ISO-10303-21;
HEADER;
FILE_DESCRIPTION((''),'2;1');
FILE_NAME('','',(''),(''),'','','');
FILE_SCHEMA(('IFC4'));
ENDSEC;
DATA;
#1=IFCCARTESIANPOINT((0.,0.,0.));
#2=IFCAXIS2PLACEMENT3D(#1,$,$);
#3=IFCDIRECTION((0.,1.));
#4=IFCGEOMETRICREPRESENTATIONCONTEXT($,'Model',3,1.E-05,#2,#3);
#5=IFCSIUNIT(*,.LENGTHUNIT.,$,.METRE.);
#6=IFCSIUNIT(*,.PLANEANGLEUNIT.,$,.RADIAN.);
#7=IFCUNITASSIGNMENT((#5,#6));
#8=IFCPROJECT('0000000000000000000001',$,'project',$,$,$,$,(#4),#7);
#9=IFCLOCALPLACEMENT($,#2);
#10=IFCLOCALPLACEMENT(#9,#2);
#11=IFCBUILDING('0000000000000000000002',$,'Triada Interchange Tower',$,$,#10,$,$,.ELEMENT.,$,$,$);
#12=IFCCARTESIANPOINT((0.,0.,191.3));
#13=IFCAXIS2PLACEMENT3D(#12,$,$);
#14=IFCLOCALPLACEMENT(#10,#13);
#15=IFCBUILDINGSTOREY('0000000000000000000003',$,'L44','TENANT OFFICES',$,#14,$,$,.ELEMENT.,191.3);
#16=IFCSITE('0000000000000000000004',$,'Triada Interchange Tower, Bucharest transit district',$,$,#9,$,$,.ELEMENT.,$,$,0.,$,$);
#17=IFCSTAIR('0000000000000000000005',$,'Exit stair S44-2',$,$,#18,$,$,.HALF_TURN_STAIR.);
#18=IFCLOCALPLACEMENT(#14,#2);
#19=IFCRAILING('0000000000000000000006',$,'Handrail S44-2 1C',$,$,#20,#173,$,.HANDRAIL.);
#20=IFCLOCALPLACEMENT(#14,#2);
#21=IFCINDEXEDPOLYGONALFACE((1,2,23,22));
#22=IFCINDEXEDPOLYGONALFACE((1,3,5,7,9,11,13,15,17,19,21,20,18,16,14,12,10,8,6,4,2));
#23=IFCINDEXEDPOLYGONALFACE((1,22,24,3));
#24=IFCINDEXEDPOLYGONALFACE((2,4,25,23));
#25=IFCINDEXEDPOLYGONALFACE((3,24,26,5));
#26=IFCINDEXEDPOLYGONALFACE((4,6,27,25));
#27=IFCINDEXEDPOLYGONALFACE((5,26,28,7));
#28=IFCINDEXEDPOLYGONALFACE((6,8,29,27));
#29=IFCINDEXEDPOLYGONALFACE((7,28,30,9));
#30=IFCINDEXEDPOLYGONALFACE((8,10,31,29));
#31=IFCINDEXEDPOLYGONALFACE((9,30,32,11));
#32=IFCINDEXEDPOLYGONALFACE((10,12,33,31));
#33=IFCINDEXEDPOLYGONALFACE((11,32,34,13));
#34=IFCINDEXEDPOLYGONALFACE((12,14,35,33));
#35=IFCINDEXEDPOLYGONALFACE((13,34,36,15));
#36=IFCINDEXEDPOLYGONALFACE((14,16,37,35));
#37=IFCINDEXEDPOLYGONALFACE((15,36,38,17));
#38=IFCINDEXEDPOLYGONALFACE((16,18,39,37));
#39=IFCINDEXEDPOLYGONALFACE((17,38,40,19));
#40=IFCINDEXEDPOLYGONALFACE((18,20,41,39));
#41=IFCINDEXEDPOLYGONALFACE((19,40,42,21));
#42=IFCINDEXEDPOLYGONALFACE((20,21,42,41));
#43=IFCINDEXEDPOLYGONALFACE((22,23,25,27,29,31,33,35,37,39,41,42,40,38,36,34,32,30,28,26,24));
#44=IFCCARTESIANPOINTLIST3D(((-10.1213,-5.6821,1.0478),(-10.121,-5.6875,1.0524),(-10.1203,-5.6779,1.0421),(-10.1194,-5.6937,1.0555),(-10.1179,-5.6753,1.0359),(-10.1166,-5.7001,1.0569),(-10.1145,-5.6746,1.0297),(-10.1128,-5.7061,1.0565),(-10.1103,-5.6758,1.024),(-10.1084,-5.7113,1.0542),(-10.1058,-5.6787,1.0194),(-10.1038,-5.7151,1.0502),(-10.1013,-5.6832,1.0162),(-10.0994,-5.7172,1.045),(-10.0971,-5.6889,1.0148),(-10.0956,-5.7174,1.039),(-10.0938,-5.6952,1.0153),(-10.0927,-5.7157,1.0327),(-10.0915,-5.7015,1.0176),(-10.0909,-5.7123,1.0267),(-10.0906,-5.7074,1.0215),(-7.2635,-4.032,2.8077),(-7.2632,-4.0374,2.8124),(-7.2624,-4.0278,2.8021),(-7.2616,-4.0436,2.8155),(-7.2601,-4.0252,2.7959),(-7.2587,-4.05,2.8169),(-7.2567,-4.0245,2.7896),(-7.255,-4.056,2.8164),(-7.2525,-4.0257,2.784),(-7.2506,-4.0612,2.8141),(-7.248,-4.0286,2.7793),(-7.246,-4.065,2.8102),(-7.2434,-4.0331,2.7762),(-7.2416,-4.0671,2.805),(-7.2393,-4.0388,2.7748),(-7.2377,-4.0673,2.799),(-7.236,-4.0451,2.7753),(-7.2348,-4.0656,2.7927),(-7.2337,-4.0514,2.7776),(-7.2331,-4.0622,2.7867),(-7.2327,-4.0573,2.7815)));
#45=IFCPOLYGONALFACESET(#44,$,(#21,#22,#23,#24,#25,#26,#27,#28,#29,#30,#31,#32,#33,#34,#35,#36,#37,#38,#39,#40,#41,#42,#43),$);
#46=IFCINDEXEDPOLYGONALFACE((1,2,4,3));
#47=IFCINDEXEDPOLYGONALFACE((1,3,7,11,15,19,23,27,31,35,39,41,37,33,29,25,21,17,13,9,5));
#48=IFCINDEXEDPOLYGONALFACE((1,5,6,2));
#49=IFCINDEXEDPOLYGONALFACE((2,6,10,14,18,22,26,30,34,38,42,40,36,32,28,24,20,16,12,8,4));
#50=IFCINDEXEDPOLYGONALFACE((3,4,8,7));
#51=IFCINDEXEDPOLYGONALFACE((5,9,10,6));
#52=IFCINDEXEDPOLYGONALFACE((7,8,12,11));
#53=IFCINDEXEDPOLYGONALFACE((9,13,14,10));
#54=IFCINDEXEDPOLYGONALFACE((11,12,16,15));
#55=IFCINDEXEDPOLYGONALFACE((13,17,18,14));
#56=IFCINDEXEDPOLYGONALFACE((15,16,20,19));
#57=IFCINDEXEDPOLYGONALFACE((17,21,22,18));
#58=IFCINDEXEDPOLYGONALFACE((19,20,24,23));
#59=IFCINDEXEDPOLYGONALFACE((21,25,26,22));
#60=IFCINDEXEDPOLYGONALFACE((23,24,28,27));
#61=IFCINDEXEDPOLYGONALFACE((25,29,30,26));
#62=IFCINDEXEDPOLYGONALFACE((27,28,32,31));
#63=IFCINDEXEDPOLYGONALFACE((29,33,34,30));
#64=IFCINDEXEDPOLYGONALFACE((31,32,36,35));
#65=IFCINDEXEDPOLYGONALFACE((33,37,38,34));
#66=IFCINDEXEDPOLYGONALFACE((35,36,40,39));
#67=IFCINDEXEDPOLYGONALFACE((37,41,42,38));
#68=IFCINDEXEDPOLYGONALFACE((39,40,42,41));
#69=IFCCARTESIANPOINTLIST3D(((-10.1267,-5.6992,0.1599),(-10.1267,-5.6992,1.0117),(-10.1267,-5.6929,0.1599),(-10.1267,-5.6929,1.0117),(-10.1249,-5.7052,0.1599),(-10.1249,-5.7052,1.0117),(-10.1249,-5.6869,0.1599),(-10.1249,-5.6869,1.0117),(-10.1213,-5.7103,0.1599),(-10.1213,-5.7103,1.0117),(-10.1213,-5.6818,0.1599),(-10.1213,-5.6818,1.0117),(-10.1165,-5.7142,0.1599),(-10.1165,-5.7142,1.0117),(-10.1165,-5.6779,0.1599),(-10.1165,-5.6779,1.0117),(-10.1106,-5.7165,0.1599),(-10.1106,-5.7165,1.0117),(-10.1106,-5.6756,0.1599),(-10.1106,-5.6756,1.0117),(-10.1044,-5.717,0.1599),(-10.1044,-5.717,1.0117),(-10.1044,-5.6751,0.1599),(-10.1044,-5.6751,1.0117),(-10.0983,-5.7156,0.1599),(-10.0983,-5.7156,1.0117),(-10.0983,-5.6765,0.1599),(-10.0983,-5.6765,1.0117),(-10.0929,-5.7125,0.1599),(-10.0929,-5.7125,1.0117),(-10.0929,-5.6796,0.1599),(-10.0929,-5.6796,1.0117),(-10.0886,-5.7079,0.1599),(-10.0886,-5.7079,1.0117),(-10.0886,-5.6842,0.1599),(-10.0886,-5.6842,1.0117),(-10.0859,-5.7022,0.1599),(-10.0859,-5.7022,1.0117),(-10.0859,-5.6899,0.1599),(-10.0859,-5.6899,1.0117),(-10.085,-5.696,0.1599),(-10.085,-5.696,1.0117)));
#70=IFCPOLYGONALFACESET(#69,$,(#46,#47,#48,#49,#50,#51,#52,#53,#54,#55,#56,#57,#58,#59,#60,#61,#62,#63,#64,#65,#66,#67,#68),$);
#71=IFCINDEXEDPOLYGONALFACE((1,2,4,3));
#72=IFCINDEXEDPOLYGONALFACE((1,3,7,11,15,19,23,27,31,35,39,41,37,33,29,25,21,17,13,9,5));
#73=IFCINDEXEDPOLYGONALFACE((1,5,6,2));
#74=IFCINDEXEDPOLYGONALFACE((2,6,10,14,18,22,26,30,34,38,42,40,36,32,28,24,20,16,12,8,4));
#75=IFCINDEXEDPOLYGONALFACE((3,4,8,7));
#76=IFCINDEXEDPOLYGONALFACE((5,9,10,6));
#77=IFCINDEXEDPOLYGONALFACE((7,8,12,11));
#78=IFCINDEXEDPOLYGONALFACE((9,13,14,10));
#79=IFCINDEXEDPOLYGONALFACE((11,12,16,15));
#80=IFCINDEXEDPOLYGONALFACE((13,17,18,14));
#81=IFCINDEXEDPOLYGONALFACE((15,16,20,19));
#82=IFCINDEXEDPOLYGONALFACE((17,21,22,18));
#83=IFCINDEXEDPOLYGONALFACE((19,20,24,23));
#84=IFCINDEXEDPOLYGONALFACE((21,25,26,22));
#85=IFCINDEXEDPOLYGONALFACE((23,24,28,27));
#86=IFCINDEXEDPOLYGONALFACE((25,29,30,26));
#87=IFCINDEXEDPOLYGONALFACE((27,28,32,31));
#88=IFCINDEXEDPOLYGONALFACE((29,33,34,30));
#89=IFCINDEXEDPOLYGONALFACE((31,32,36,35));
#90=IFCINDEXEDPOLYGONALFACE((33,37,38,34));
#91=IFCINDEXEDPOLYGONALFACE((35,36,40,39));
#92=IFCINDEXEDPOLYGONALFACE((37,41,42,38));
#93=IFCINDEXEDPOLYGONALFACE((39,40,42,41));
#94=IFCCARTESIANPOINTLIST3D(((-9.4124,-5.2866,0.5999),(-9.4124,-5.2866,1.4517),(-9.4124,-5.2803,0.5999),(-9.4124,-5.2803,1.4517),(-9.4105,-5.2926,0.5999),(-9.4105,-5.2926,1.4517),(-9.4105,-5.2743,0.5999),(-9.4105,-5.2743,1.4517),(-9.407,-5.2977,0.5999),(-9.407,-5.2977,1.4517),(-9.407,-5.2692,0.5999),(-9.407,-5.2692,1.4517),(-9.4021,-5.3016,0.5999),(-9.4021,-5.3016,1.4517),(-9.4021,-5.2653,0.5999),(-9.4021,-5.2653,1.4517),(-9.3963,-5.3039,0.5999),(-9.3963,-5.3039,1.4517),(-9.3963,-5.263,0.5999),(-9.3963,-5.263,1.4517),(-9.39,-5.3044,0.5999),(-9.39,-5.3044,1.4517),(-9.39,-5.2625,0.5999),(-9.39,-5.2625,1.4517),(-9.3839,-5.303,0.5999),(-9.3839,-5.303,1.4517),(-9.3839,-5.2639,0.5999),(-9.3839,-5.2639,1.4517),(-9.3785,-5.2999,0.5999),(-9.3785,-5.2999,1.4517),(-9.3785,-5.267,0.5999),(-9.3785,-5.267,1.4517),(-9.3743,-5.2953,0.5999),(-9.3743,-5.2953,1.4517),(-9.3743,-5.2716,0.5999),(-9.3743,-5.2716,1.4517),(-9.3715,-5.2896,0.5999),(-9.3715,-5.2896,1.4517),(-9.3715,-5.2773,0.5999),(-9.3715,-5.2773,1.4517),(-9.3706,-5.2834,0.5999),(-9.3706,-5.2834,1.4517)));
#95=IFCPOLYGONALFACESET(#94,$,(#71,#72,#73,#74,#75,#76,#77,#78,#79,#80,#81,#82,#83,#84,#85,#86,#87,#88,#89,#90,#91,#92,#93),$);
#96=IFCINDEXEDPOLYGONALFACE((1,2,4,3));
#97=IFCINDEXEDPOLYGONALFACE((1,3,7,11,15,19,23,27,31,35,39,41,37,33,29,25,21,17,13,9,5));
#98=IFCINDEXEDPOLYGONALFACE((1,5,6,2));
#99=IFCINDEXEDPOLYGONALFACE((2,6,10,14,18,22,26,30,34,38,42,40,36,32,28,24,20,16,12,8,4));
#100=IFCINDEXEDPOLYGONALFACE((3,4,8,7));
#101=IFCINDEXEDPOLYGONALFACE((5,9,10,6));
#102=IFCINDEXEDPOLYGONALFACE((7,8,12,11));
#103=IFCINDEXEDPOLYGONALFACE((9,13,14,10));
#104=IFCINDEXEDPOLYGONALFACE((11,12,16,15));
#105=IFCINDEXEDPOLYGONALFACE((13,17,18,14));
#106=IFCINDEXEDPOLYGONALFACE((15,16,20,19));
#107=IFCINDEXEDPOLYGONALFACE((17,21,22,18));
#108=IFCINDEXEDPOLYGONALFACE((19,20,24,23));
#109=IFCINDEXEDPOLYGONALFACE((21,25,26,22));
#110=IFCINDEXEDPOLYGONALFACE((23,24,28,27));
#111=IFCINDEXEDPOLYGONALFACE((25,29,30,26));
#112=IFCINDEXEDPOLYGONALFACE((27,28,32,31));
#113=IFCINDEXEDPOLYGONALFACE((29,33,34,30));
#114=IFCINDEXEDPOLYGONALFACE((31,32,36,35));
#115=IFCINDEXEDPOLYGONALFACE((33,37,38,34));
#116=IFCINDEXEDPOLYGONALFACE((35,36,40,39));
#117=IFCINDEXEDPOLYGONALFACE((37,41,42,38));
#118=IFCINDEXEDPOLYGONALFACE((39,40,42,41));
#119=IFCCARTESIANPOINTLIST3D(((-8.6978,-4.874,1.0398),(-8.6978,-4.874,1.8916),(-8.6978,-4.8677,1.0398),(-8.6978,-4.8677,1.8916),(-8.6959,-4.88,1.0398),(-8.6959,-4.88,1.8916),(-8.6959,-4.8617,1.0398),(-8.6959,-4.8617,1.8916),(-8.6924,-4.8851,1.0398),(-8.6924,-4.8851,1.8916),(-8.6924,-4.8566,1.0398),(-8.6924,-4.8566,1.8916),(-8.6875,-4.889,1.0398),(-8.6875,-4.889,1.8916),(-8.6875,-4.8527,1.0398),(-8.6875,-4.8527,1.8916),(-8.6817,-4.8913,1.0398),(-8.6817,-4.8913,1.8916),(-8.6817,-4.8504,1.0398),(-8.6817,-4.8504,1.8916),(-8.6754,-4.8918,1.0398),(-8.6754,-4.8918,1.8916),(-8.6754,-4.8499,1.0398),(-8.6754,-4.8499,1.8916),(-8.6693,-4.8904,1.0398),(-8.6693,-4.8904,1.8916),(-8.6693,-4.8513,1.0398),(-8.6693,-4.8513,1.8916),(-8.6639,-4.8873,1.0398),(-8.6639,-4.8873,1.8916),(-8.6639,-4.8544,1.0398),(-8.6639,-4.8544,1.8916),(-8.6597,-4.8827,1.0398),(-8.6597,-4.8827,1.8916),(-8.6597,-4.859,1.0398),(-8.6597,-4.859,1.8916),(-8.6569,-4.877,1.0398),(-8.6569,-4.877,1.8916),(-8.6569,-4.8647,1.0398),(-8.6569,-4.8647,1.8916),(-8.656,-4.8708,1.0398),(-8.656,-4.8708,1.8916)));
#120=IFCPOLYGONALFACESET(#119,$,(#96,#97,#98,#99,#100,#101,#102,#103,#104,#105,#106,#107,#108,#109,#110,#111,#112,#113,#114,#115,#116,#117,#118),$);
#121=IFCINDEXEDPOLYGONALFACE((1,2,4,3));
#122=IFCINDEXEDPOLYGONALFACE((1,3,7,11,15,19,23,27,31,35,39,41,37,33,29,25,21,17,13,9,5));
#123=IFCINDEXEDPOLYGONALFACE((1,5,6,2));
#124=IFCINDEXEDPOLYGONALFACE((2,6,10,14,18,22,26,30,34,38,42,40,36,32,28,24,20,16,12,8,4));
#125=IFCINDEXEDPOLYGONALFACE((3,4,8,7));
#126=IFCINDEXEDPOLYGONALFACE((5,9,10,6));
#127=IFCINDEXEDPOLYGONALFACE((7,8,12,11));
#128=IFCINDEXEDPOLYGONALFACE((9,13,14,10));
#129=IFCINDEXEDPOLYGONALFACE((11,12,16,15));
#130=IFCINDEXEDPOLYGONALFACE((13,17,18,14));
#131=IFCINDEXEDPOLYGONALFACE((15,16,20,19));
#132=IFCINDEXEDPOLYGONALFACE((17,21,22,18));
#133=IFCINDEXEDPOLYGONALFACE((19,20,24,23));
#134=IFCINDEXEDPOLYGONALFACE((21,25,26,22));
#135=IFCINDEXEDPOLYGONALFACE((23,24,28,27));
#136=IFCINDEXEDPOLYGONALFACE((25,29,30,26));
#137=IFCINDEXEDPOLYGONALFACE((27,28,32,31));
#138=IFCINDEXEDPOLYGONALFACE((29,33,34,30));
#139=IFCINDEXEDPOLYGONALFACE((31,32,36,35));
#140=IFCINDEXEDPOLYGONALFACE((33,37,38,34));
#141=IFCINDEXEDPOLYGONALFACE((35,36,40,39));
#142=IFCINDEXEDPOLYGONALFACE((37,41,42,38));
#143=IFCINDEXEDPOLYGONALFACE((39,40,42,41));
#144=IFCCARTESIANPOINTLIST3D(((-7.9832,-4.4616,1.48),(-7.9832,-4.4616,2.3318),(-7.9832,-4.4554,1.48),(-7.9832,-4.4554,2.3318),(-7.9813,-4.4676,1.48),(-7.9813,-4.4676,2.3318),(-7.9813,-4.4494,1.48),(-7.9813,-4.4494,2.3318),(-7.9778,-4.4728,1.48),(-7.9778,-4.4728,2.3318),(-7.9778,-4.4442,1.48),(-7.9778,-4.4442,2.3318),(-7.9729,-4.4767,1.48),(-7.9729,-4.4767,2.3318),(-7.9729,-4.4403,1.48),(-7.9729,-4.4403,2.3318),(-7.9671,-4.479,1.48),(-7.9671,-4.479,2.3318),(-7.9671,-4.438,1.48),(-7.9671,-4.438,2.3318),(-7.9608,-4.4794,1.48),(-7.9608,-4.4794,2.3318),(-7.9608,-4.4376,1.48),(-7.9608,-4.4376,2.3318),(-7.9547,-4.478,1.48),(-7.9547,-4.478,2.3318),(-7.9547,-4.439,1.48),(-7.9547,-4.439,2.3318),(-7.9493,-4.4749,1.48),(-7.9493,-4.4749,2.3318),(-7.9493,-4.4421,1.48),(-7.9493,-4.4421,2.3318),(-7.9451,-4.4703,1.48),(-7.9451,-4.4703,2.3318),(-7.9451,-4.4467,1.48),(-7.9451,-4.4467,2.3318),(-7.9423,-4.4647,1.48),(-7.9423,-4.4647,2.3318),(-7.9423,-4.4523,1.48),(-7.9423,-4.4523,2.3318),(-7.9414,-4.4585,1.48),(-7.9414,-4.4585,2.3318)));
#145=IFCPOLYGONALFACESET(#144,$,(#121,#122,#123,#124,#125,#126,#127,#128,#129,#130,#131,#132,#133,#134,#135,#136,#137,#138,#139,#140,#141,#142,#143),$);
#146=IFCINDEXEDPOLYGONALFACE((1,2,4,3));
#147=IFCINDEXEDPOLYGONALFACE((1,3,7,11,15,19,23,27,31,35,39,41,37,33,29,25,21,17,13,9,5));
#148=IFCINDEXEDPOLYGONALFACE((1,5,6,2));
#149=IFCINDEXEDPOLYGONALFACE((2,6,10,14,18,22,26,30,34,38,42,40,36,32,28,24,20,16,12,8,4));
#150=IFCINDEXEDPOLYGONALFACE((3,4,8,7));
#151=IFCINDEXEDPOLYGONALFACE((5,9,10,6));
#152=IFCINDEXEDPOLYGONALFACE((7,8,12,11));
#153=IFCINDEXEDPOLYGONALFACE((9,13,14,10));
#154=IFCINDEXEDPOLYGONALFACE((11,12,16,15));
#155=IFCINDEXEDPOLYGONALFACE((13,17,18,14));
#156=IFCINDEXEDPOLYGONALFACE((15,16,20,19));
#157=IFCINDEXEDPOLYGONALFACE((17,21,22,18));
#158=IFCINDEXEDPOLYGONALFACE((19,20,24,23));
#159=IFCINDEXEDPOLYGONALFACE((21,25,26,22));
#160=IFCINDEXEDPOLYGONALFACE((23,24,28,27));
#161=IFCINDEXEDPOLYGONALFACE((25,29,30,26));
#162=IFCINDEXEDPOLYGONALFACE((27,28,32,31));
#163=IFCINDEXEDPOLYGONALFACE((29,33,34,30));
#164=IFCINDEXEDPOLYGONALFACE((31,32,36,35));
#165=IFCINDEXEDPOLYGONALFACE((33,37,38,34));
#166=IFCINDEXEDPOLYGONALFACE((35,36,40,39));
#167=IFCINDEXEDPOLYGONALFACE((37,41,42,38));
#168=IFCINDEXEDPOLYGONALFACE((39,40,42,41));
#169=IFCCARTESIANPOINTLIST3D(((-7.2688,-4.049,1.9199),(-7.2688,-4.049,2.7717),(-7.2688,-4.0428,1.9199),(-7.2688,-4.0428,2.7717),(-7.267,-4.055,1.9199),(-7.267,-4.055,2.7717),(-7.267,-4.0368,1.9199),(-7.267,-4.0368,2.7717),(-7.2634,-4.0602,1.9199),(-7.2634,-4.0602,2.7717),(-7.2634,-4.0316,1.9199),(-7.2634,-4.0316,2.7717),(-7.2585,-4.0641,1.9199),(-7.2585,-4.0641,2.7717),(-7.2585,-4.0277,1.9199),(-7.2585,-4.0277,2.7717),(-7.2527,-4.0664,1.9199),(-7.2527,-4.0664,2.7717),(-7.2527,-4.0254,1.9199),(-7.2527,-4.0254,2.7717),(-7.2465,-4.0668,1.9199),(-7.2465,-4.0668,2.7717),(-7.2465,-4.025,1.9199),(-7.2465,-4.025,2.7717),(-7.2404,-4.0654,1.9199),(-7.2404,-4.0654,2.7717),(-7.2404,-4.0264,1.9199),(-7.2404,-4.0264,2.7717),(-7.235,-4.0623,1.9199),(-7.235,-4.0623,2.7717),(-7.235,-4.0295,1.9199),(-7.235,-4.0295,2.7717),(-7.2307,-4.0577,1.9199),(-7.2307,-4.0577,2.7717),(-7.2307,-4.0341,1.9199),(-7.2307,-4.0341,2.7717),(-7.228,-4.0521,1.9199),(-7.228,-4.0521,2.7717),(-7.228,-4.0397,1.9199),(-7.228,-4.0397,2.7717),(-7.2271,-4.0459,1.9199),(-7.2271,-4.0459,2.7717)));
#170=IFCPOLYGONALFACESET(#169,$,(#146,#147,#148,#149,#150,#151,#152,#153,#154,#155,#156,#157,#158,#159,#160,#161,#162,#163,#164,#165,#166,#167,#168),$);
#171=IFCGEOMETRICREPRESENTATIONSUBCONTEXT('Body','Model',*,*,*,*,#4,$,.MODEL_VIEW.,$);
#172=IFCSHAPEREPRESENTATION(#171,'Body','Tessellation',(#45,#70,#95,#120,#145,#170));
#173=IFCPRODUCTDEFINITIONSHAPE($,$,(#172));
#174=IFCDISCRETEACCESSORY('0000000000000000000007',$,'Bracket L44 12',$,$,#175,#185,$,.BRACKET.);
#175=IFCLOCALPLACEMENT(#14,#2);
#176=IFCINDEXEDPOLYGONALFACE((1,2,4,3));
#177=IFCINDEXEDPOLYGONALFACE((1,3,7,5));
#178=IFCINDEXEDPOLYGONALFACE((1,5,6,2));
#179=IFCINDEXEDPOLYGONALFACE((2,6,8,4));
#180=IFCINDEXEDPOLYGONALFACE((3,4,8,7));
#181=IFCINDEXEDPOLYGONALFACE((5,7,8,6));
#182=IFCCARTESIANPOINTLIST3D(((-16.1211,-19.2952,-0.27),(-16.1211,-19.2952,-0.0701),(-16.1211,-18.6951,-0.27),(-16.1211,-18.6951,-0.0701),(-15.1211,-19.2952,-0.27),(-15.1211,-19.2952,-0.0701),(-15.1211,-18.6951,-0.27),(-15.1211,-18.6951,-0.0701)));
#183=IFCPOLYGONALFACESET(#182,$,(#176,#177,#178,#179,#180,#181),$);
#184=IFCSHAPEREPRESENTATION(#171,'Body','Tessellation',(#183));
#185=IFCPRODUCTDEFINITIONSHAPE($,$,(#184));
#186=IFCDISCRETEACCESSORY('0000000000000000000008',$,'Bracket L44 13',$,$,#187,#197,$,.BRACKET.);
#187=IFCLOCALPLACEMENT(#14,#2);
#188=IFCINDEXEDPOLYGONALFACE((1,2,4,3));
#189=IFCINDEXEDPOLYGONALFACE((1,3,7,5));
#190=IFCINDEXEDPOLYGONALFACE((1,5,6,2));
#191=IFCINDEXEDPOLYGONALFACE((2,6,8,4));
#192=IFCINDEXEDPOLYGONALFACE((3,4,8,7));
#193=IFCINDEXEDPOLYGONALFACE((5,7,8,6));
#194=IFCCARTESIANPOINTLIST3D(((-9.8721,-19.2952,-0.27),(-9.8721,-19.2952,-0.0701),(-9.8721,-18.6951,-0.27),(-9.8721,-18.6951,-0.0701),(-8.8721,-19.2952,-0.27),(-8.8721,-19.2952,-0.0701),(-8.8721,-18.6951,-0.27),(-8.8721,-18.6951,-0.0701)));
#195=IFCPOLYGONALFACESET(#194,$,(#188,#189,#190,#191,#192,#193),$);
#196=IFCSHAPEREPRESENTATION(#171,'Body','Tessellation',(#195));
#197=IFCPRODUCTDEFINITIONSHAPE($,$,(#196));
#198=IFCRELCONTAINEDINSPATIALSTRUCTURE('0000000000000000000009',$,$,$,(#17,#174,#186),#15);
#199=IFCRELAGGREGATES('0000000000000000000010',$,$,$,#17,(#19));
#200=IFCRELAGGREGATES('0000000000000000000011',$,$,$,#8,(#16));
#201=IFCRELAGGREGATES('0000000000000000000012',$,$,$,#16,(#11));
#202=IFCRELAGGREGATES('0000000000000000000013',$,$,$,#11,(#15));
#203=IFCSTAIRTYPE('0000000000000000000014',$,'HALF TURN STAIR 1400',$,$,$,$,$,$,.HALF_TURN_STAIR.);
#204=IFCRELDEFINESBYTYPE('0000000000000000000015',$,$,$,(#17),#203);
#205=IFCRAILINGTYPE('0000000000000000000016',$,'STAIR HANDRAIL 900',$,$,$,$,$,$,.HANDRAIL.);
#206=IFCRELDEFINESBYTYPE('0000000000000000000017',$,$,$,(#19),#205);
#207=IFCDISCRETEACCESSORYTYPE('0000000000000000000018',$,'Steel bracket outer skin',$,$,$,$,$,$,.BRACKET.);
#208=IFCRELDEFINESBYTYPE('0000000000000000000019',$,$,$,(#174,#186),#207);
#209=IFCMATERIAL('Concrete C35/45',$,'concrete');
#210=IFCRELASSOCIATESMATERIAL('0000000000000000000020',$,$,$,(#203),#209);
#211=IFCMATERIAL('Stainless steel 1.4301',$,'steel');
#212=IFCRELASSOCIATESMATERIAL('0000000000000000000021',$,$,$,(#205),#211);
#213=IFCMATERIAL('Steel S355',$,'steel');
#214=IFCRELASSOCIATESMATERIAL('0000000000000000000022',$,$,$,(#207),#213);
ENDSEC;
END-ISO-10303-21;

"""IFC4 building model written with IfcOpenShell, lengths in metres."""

from ifc_helpers import new_model, si_unit, direction, frame, origin, origin_2d, place, context, subcontext, project, spatial, rectangle, circle, extrude, material, type_object, element, aggregate, save


model = new_model("IFC4")

# Units and contexts
model_context = context("Model", 3, precision=1e-05, world=origin(), true_north=direction((0.0, 1.0)))
body_context = subcontext(model_context, "Body", "Model", "MODEL_VIEW")
ifc_project = project(units=[si_unit("LENGTHUNIT", "METRE"), si_unit("PLANEANGLEUNIT", "RADIAN")], contexts=[model_context])

# Site, building, storey
site_placement = place(None, origin())
site = spatial("IfcSite", under=ifc_project, at=site_placement, Name="Triada Interchange Tower, Bucharest transit district", CompositionType="ELEMENT", RefElevation=0.0)
building_placement = place(site_placement, origin())
building = spatial("IfcBuilding", under=site, at=building_placement, Name="Triada Interchange Tower", CompositionType="ELEMENT")
storey_placement = place(building_placement, frame((0.0, 0.0, 191.3)))
storey = spatial("IfcBuildingStorey", under=building, at=storey_placement, Name="L44", Description="TENANT OFFICES", CompositionType="ELEMENT", Elevation=191.3)

# Stair
ifc_material_1 = material(Name="Concrete C35/45", Category="concrete")
stair_type = type_object("IfcStairType", Name="HALF TURN STAIR 1400", PredefinedType="HALF_TURN_STAIR", material=ifc_material_1)
stair_placement = place(storey_placement, origin())
stair = element("IfcStair", 1, at=stair_placement, inside=storey, type_object=stair_type, Name="Exit stair S44-2", PredefinedType="HALF_TURN_STAIR")

# Railing
ifc_material_2 = material(Name="Stainless steel 1.4301", Category="steel")
railing_type = type_object("IfcRailingType", Name="STAIR HANDRAIL 900", PredefinedType="HANDRAIL", material=ifc_material_2)
railing_1_placement = place(storey_placement, frame((-10.106, -5.696, 0.1599)))
railing_1 = element("IfcRailing", 2, at=railing_1_placement, type_object=railing_type, Name="Handrail S44-2 1C", PredefinedType="HANDRAIL", context=body_context, shape_type="SweptSolid", body=[
    extrude(circle(Radius=0.0239, at=origin_2d()), frame((0.0, 0.0, 0.876), z_axis=(0.764129, 0.441205, 0.47058), x_axis=(-0.50003, 0.866008, 0.0)), (0.0, 0.0, 1.0), 3.74),
    extrude(circle(Radius=0.021, at=origin_2d()), origin(), (0.0, 0.0, 1.0), 0.8518),
    extrude(circle(Radius=0.021, at=origin_2d()), frame((0.7144, 0.4126, 0.4399)), (0.0, 0.0, 1.0), 0.8518),
    extrude(circle(Radius=0.021, at=origin_2d()), frame((1.429, 0.8252, 0.8799)), (0.0, 0.0, 1.0), 0.8518),
    extrude(circle(Radius=0.021, at=origin_2d()), frame((2.1436, 1.2375, 1.3201)), (0.0, 0.0, 1.0), 0.8518),
    extrude(circle(Radius=0.021, at=origin_2d()), frame((2.8579, 1.6501, 1.76)), (0.0, 0.0, 1.0), 0.8518),
])
aggregate(stair, [railing_1])

# Discrete accessories
ifc_material_3 = material(Name="Steel S355", Category="steel")
discrete_accessory_type = type_object("IfcDiscreteAccessoryType", Name="Steel bracket outer skin", PredefinedType="BRACKET", material=ifc_material_3)
for number, where, z_axis, x_axis, name in (
    (3, (-15.6211, -18.9951, -0.27), (0.0, 0.0, 1.0), (0.0, -1.0, 0.0), "Bracket L44 12"),
    (4, (-9.3721, -18.9951, -0.27), (0.0, 0.0, 1.0), (0.0, -1.0, 0.0), "Bracket L44 13"),
):
    element("IfcDiscreteAccessory", number, at=place(storey_placement, frame(where, z_axis=z_axis, x_axis=x_axis)), inside=storey, type_object=discrete_accessory_type, Name=name, PredefinedType="BRACKET", context=body_context, shape_type="SweptSolid", body=[
        extrude(rectangle(XDim=0.6001, YDim=1.0, at=origin_2d()), origin(), (0.0, 0.0, 1.0), 0.2),
    ])

save(model, "model.ifc")
